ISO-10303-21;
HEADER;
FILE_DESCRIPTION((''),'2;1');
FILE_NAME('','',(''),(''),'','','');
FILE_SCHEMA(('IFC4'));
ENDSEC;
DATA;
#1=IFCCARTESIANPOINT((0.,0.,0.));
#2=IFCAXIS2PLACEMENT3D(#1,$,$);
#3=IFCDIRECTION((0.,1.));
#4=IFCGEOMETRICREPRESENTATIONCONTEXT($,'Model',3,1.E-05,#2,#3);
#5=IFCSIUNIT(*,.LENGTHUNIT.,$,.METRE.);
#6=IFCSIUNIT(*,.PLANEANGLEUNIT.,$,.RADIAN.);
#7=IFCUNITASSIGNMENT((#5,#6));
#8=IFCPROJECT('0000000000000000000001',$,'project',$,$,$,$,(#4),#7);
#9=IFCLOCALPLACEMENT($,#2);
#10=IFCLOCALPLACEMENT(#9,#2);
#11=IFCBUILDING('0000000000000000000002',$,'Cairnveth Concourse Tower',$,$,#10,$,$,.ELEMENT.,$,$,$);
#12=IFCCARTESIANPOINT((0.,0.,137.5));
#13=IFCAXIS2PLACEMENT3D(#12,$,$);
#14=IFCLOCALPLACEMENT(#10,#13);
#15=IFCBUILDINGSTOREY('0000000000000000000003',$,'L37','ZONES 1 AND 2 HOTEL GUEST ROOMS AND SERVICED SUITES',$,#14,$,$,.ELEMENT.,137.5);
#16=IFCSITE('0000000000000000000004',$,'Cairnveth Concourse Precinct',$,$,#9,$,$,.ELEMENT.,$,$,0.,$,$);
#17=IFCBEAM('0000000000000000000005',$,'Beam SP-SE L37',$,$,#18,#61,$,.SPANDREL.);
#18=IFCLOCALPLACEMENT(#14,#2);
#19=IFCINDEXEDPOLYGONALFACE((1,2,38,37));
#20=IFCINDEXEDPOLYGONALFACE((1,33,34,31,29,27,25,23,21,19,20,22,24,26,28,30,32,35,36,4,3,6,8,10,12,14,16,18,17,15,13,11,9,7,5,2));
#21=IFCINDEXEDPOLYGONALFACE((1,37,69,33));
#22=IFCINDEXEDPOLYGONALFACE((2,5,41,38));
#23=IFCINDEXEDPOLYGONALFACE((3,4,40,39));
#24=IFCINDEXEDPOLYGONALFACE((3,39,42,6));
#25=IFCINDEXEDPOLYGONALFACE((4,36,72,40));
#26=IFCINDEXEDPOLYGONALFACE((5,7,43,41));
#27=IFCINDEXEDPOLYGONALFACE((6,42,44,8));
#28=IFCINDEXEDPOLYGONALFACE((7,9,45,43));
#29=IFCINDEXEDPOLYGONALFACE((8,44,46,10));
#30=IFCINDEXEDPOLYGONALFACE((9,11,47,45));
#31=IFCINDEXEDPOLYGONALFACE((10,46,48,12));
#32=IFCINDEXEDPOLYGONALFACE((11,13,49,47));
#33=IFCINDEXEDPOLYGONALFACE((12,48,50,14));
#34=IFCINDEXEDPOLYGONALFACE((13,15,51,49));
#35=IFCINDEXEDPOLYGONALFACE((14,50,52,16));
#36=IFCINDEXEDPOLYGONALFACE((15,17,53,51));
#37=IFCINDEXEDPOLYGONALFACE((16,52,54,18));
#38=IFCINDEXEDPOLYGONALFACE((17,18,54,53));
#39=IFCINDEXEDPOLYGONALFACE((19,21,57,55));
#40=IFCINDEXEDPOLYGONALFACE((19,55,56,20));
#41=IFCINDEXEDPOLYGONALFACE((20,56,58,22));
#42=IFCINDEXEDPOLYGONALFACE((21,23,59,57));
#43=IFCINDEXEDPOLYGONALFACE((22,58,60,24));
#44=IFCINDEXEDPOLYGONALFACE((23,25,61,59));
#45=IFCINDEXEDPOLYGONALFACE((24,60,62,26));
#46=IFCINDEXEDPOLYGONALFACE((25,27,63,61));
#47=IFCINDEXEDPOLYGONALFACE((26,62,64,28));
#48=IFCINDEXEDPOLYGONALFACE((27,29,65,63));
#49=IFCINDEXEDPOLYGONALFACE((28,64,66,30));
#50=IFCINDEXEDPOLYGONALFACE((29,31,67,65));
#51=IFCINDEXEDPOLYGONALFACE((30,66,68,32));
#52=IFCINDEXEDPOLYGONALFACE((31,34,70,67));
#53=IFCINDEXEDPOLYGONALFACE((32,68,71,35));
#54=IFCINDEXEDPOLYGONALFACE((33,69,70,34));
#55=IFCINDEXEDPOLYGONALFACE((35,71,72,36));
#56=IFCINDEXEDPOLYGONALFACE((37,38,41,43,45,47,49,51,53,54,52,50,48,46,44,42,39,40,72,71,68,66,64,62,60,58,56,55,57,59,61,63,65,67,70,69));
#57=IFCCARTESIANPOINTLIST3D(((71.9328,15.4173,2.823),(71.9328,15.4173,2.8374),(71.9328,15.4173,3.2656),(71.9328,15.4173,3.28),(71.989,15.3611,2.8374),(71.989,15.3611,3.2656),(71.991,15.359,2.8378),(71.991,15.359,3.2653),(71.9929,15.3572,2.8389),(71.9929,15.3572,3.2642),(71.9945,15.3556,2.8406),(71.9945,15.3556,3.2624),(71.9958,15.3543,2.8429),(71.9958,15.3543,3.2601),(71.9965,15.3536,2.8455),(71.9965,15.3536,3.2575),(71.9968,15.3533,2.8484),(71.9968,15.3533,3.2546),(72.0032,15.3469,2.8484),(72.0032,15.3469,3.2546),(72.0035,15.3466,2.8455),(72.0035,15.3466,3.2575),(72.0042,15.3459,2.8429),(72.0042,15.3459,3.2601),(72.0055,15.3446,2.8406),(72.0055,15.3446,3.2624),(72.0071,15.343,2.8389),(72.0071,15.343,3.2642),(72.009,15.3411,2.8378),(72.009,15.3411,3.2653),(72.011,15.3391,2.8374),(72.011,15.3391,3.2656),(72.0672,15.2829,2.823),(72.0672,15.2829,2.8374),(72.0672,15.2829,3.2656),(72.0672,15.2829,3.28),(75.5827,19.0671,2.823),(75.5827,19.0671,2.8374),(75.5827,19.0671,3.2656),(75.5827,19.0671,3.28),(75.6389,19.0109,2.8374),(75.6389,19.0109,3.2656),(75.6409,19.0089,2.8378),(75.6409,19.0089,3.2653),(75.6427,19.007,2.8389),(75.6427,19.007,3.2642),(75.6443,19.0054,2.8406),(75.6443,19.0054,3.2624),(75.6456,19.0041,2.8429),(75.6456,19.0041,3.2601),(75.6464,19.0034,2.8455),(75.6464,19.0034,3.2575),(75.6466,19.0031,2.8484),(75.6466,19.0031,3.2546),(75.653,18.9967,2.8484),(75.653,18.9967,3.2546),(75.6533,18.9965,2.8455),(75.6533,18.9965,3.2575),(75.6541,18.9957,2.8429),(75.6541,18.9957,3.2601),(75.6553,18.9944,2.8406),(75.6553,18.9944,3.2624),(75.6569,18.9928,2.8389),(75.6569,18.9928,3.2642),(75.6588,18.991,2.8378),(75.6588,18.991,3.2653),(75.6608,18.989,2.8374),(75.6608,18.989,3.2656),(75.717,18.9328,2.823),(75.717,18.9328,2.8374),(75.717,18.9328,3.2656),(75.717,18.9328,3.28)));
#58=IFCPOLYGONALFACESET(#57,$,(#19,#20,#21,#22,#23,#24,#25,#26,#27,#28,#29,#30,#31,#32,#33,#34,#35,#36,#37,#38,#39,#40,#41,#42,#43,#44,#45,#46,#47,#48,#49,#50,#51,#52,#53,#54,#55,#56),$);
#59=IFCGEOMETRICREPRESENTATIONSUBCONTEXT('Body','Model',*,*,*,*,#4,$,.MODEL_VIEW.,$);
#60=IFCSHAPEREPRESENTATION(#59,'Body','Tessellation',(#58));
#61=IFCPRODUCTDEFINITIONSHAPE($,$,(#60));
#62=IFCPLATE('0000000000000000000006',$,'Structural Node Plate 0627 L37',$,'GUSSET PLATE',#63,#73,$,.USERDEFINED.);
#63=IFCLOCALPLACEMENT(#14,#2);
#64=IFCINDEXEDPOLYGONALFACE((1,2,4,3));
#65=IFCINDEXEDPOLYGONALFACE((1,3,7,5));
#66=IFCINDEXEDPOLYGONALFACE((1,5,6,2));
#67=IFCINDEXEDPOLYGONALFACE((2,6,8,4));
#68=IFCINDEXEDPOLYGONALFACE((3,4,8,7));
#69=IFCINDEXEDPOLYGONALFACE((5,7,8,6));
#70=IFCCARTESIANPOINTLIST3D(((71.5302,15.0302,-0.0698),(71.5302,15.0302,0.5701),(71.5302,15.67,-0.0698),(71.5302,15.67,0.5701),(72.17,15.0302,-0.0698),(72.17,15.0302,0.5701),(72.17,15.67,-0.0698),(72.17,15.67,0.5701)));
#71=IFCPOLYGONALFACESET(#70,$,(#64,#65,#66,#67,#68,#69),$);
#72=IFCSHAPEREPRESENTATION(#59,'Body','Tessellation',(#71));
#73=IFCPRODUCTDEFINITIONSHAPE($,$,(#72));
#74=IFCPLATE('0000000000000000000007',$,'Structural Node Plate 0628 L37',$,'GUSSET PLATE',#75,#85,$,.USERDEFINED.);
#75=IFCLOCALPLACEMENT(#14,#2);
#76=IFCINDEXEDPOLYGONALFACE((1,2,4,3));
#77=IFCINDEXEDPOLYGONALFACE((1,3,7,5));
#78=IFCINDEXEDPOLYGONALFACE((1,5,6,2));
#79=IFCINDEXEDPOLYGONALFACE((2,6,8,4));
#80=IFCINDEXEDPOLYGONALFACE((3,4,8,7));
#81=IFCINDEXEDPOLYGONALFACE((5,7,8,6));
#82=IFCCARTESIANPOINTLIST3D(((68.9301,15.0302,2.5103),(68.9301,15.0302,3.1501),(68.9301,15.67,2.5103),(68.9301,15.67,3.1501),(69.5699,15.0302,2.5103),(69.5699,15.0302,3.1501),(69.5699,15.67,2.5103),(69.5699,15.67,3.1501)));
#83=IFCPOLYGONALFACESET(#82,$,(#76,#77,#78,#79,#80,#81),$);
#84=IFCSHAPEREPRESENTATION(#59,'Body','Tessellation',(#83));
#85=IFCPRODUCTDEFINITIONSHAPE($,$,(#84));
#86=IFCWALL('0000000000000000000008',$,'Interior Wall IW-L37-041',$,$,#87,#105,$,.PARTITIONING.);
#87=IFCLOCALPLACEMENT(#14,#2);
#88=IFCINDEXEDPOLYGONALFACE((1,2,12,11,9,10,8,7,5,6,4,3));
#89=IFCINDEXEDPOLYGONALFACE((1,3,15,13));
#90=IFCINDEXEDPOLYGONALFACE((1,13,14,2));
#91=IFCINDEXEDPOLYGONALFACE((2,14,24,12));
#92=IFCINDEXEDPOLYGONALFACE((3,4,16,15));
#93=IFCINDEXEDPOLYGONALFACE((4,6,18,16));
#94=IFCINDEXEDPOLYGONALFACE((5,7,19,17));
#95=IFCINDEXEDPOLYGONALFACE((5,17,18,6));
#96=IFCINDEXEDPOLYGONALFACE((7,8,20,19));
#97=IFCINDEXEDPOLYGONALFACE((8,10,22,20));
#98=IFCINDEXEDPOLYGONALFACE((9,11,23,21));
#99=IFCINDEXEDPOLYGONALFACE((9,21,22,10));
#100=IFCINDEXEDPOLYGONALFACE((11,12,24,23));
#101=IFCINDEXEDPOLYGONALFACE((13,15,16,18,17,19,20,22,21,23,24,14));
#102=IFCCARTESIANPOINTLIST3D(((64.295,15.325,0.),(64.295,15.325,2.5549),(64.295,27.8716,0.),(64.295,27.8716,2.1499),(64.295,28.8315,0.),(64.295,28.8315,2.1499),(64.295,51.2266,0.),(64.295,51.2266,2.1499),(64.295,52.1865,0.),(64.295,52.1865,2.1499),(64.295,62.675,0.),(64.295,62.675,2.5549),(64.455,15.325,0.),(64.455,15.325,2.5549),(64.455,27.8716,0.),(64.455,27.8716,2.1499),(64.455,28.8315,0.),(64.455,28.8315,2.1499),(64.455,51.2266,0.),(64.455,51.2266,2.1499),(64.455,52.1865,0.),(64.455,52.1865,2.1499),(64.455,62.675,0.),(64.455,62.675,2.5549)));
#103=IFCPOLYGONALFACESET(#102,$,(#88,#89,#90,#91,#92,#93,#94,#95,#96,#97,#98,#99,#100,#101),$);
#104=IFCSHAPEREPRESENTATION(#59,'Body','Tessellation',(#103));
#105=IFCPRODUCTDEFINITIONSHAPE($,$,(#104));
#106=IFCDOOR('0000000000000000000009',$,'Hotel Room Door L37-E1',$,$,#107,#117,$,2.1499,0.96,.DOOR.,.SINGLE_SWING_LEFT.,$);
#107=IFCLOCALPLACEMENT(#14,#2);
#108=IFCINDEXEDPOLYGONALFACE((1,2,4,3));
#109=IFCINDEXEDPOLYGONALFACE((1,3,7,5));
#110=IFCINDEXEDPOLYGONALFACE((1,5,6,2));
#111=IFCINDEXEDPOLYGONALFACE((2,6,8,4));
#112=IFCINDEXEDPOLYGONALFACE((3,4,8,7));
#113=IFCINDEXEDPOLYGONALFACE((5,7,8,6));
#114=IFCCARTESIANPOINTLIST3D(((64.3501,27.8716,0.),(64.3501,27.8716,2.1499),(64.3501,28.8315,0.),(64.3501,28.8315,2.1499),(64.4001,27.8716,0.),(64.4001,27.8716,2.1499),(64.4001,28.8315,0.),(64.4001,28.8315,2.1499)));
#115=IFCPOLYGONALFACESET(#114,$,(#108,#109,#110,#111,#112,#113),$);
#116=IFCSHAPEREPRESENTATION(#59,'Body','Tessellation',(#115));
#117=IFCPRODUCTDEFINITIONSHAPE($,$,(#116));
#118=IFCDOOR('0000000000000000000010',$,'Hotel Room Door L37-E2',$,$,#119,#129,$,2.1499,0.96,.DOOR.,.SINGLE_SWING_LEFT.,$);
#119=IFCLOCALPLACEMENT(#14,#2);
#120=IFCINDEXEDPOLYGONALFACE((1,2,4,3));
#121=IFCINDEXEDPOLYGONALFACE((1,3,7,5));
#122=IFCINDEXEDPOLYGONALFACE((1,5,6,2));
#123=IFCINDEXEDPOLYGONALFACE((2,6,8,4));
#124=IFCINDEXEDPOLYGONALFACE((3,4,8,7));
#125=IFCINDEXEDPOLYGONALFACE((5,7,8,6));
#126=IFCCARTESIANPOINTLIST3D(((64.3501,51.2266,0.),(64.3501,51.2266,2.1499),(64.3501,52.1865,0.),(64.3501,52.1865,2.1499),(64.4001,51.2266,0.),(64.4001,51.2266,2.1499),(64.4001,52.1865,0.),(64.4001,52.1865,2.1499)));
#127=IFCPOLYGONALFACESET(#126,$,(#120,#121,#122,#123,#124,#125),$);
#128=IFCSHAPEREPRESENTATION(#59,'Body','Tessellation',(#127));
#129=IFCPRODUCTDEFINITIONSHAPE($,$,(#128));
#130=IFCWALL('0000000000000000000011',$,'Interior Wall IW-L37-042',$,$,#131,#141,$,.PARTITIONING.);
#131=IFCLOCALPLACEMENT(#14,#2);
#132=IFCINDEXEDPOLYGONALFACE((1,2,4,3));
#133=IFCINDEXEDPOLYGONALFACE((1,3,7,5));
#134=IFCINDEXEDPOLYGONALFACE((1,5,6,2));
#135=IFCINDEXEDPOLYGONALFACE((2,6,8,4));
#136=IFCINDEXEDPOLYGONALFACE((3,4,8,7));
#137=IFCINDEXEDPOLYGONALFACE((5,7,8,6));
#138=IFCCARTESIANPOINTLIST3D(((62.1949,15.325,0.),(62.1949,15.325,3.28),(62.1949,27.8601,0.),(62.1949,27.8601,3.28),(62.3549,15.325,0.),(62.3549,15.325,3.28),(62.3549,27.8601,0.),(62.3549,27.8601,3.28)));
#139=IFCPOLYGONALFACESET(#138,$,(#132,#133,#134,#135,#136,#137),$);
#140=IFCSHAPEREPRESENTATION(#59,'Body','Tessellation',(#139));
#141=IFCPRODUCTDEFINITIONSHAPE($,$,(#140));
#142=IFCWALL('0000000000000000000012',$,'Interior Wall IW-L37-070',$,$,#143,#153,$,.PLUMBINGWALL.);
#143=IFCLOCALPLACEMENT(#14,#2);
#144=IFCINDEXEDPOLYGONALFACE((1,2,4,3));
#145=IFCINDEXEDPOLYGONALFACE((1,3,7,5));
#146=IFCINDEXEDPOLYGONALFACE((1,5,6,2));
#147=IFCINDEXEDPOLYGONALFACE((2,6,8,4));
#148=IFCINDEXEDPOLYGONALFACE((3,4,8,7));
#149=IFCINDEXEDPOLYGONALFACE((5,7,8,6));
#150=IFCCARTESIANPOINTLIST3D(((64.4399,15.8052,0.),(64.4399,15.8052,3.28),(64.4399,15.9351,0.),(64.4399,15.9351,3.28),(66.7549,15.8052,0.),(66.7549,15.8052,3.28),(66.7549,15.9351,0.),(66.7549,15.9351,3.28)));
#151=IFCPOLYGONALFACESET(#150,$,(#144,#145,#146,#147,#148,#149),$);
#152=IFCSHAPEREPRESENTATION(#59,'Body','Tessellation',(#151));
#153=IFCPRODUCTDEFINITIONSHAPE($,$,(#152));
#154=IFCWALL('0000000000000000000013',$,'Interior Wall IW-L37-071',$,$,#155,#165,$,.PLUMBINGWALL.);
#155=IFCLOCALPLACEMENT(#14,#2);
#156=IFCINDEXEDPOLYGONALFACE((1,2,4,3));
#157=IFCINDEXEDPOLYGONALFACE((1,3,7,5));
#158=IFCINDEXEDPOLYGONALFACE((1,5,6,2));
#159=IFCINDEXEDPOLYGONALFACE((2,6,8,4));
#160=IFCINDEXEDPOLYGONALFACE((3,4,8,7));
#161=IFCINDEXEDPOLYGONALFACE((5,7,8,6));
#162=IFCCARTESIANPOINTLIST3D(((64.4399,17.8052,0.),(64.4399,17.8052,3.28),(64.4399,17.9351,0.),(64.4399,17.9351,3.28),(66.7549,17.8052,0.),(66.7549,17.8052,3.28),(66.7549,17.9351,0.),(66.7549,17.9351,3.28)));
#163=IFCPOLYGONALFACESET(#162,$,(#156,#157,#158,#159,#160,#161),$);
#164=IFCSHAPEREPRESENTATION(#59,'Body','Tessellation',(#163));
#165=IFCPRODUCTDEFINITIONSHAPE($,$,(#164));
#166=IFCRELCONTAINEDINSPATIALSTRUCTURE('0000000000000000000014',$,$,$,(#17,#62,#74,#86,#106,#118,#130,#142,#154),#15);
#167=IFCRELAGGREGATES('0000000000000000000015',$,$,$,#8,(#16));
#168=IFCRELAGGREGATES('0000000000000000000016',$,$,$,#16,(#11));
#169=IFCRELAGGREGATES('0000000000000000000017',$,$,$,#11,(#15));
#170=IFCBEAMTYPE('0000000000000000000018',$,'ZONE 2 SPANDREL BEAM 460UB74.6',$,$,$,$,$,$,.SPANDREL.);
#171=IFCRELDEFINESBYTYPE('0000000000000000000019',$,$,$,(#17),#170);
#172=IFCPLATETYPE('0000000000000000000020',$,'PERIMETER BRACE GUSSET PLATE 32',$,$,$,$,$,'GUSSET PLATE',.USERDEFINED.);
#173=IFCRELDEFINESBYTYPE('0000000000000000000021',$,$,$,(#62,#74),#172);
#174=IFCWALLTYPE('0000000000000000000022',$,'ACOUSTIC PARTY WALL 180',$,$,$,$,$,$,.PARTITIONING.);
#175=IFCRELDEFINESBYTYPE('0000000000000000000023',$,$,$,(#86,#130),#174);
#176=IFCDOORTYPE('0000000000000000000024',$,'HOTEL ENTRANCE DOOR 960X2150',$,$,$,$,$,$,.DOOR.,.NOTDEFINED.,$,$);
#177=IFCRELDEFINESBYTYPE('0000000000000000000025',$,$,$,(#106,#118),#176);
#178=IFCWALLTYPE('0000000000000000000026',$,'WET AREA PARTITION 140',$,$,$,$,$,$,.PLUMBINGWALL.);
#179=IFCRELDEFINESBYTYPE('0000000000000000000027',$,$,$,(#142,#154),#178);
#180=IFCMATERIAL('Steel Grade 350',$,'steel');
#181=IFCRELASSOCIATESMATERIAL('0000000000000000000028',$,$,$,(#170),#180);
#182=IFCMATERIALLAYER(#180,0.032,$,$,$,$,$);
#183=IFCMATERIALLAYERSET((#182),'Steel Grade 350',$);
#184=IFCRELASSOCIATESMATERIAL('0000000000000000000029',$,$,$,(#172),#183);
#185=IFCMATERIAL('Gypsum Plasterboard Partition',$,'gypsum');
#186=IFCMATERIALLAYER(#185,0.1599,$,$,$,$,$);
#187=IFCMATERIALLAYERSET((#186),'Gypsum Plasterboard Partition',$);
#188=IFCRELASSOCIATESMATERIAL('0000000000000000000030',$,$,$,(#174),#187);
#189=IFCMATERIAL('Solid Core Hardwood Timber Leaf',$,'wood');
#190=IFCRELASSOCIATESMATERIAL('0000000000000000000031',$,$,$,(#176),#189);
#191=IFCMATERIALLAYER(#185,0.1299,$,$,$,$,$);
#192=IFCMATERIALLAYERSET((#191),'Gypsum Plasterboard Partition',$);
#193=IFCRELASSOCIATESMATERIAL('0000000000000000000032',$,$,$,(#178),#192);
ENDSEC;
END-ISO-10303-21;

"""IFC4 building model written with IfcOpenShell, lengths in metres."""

from ifc_helpers import new_model, si_unit, direction, frame, frame_2d, origin, origin_2d, place, context, subcontext, project, spatial, rectangle, i_section, extrude, material, layer, layer_set, material_profile, profile_set, type_object, element, fill, save


model = new_model("IFC4")

# Units and contexts
model_context = context("Model", 3, precision=1e-05, world=origin(), true_north=direction((0.0, 1.0)))
body_context = subcontext(model_context, "Body", "Model", "MODEL_VIEW")
ifc_project = project(units=[si_unit("LENGTHUNIT", "METRE"), si_unit("PLANEANGLEUNIT", "RADIAN")], contexts=[model_context])

# Site, building, storey
site_placement = place(None, origin())
site = spatial("IfcSite", under=ifc_project, at=site_placement, Name="Cairnveth Concourse Precinct", CompositionType="ELEMENT", RefElevation=0.0)
building_placement = place(site_placement, origin())
building = spatial("IfcBuilding", under=site, at=building_placement, Name="Cairnveth Concourse Tower", CompositionType="ELEMENT")
storey_placement = place(building_placement, frame((0.0, 0.0, 137.5)))
storey = spatial("IfcBuildingStorey", under=building, at=storey_placement, Name="L37", Description="ZONES 1 AND 2 HOTEL GUEST ROOMS AND SERVICED SUITES", CompositionType="ELEMENT", Elevation=137.5)

# Shared definitions
ifc_material_1 = material(Name="Steel Grade 350", Category="steel")

# Beam
ifc_material_profile_1 = material_profile(ifc_material_1, i_section(OverallWidth=0.1899, OverallDepth=0.457, WebThickness=0.009, FlangeThickness=0.0144, FilletRadius=0.011, at=origin_2d()), Name="460UB74.6")
ifc_profile_set_1 = profile_set([ifc_material_profile_1], Name="Steel Grade 350")
beam_type_1 = type_object("IfcBeamType", Name="ZONE 2 SPANDREL BEAM 460UB74.6", PredefinedType="SPANDREL", material=ifc_profile_set_1)
beam_1_placement = place(storey_placement, frame((72.0, 15.3501, 3.0515), z_axis=(0.707107, 0.707107, 0.0), x_axis=(-0.707107, 0.707107, 0.0)))
element("IfcBeam", 1, at=beam_1_placement, inside=storey, type_object=beam_type_1, Name="Beam SP-SE L37", PredefinedType="SPANDREL", context=body_context, shape_type="SweptSolid", body=[
    extrude(i_section(OverallWidth=0.1899, OverallDepth=0.457, WebThickness=0.009, FlangeThickness=0.0144, FilletRadius=0.011, at=origin_2d()), origin(), (0.0, 0.0, 1.0), 5.1616),
])

# Plates
ifc_layer_1 = layer(ifc_material_1, 0.032)
ifc_layer_set_1 = layer_set([ifc_layer_1], Name="Steel Grade 350")
plate_type = type_object("IfcPlateType", Name="PERIMETER BRACE GUSSET PLATE 32", ElementType="GUSSET PLATE", PredefinedType="USERDEFINED", material=ifc_layer_set_1)
for number, where, z_axis, x_axis, name in (
    (2, (71.8501, 15.3501, -0.0698), (0.0, 0.0, 1.0), (1.0, 0.0, 0.0), "Structural Node Plate 0627 L37"),
    (3, (69.25, 15.3501, 2.5103), (0.0, 0.0, 1.0), (1.0, 0.0, 0.0), "Structural Node Plate 0628 L37"),
):
    element("IfcPlate", number, at=place(storey_placement, frame(where, z_axis=z_axis, x_axis=x_axis)), inside=storey, type_object=plate_type, Name=name, ObjectType="GUSSET PLATE", PredefinedType="USERDEFINED", context=body_context, shape_type="SweptSolid", body=[
        extrude(rectangle(XDim=0.6399, YDim=0.6399, at=origin_2d()), origin(), (0.0, 0.0, 1.0), 0.6399),
    ])

# Wall, openings, doors
ifc_material_2 = material(Name="Gypsum Plasterboard Partition", Category="gypsum")
ifc_layer_2 = layer(ifc_material_2, 0.1599)
ifc_layer_set_2 = layer_set([ifc_layer_2], Name="Gypsum Plasterboard Partition")
wall_type_1 = type_object("IfcWallType", Name="ACOUSTIC PARTY WALL 180", PredefinedType="PARTITIONING", material=ifc_layer_set_2)
wall_1_placement = place(storey_placement, frame((64.375, 15.325, 0.0), z_axis=(0.0, 0.0, 1.0), x_axis=(0.0, 1.0, 0.0)))
wall_1 = element("IfcWall", 4, at=wall_1_placement, inside=storey, type_object=wall_type_1, Name="Interior Wall IW-L37-041", PredefinedType="PARTITIONING", context=body_context, shape_type="SweptSolid", body=[
    extrude(rectangle(XDim=47.3501, YDim=0.1599, at=frame_2d((23.675, 0.0))), origin(), (0.0, 0.0, 1.0), 2.5549),
])
opening_1_placement = place(wall_1_placement, frame((12.5466, 0.0, 0.0)))
opening_1 = element("IfcOpeningElement", 5, at=opening_1_placement, cuts=wall_1, PredefinedType="OPENING", context=body_context, shape_type="SweptSolid", body=[
    extrude(rectangle(XDim=0.96, YDim=2.1499, at=frame_2d((0.48, 1.075))), frame((0.0, 0.0898, 0.0), z_axis=(0.0, -1.0, 0.0), x_axis=(1.0, 0.0, 0.0)), (0.0, 0.0, 1.0), 0.1799),
])
opening_2_placement = place(wall_1_placement, frame((35.9016, 0.0, 0.0)))
opening_2 = element("IfcOpeningElement", 6, at=opening_2_placement, cuts=wall_1, PredefinedType="OPENING", context=body_context, shape_type="SweptSolid", body=[
    extrude(rectangle(XDim=0.96, YDim=2.1499, at=frame_2d((0.48, 1.075))), frame((0.0, 0.0898, 0.0), z_axis=(0.0, -1.0, 0.0), x_axis=(1.0, 0.0, 0.0)), (0.0, 0.0, 1.0), 0.1799),
])
ifc_material_3 = material(Name="Solid Core Hardwood Timber Leaf", Category="wood")
door_type_1 = type_object("IfcDoorType", Name="HOTEL ENTRANCE DOOR 960X2150", OperationType="NOTDEFINED", PredefinedType="DOOR", material=ifc_material_3)
door_1_placement = place(opening_1_placement, origin())
door_1 = element("IfcDoor", 7, at=door_1_placement, inside=storey, type_object=door_type_1, Name="Hotel Room Door L37-E1", OperationType="SINGLE_SWING_LEFT", OverallHeight=2.1499, OverallWidth=0.96, PredefinedType="DOOR", context=body_context, shape_type="SweptSolid", body=[
    extrude(rectangle(XDim=0.96, YDim=2.1499, at=frame_2d((0.48, 1.075))), frame((0.0, 0.0249, 0.0), z_axis=(0.0, -1.0, 0.0), x_axis=(1.0, 0.0, 0.0)), (0.0, 0.0, 1.0), 0.05),
])
fill(opening_1, door_1)
door_2_placement = place(opening_2_placement, origin())
door_2 = element("IfcDoor", 8, at=door_2_placement, inside=storey, type_object=door_type_1, Name="Hotel Room Door L37-E2", OperationType="SINGLE_SWING_LEFT", OverallHeight=2.1499, OverallWidth=0.96, PredefinedType="DOOR", context=body_context, shape_type="SweptSolid", body=[
    extrude(rectangle(XDim=0.96, YDim=2.1499, at=frame_2d((0.48, 1.075))), frame((0.0, 0.0249, 0.0), z_axis=(0.0, -1.0, 0.0), x_axis=(1.0, 0.0, 0.0)), (0.0, 0.0, 1.0), 0.05),
])
fill(opening_2, door_2)

# Walls
wall_2_placement = place(storey_placement, frame((62.2749, 15.325, 0.0), z_axis=(0.0, 0.0, 1.0), x_axis=(0.0, 1.0, 0.0)))
element("IfcWall", 9, at=wall_2_placement, inside=storey, type_object=wall_type_1, Name="Interior Wall IW-L37-042", PredefinedType="PARTITIONING", context=body_context, shape_type="SweptSolid", body=[
    extrude(rectangle(XDim=12.5352, YDim=0.1599, at=frame_2d((6.2676, 0.0))), origin(), (0.0, 0.0, 1.0), 3.28),
])
ifc_layer_3 = layer(ifc_material_2, 0.1299)
ifc_layer_set_3 = layer_set([ifc_layer_3], Name="Gypsum Plasterboard Partition")
wall_type_2 = type_object("IfcWallType", Name="WET AREA PARTITION 140", PredefinedType="PLUMBINGWALL", material=ifc_layer_set_3)
for number, where, z_axis, x_axis, name in (
    (10, (64.4399, 15.8701, 0.0), (0.0, 0.0, 1.0), (1.0, 0.0, 0.0), "Interior Wall IW-L37-070"),
    (11, (64.4399, 17.8701, 0.0), (0.0, 0.0, 1.0), (1.0, 0.0, 0.0), "Interior Wall IW-L37-071"),
):
    element("IfcWall", number, at=place(storey_placement, frame(where, z_axis=z_axis, x_axis=x_axis)), inside=storey, type_object=wall_type_2, Name=name, PredefinedType="PLUMBINGWALL", context=body_context, shape_type="SweptSolid", body=[
        extrude(rectangle(XDim=2.3149, YDim=0.1299, at=frame_2d((1.1575, 0.0))), origin(), (0.0, 0.0, 1.0), 3.28),
    ])

save(model, "model.ifc")
